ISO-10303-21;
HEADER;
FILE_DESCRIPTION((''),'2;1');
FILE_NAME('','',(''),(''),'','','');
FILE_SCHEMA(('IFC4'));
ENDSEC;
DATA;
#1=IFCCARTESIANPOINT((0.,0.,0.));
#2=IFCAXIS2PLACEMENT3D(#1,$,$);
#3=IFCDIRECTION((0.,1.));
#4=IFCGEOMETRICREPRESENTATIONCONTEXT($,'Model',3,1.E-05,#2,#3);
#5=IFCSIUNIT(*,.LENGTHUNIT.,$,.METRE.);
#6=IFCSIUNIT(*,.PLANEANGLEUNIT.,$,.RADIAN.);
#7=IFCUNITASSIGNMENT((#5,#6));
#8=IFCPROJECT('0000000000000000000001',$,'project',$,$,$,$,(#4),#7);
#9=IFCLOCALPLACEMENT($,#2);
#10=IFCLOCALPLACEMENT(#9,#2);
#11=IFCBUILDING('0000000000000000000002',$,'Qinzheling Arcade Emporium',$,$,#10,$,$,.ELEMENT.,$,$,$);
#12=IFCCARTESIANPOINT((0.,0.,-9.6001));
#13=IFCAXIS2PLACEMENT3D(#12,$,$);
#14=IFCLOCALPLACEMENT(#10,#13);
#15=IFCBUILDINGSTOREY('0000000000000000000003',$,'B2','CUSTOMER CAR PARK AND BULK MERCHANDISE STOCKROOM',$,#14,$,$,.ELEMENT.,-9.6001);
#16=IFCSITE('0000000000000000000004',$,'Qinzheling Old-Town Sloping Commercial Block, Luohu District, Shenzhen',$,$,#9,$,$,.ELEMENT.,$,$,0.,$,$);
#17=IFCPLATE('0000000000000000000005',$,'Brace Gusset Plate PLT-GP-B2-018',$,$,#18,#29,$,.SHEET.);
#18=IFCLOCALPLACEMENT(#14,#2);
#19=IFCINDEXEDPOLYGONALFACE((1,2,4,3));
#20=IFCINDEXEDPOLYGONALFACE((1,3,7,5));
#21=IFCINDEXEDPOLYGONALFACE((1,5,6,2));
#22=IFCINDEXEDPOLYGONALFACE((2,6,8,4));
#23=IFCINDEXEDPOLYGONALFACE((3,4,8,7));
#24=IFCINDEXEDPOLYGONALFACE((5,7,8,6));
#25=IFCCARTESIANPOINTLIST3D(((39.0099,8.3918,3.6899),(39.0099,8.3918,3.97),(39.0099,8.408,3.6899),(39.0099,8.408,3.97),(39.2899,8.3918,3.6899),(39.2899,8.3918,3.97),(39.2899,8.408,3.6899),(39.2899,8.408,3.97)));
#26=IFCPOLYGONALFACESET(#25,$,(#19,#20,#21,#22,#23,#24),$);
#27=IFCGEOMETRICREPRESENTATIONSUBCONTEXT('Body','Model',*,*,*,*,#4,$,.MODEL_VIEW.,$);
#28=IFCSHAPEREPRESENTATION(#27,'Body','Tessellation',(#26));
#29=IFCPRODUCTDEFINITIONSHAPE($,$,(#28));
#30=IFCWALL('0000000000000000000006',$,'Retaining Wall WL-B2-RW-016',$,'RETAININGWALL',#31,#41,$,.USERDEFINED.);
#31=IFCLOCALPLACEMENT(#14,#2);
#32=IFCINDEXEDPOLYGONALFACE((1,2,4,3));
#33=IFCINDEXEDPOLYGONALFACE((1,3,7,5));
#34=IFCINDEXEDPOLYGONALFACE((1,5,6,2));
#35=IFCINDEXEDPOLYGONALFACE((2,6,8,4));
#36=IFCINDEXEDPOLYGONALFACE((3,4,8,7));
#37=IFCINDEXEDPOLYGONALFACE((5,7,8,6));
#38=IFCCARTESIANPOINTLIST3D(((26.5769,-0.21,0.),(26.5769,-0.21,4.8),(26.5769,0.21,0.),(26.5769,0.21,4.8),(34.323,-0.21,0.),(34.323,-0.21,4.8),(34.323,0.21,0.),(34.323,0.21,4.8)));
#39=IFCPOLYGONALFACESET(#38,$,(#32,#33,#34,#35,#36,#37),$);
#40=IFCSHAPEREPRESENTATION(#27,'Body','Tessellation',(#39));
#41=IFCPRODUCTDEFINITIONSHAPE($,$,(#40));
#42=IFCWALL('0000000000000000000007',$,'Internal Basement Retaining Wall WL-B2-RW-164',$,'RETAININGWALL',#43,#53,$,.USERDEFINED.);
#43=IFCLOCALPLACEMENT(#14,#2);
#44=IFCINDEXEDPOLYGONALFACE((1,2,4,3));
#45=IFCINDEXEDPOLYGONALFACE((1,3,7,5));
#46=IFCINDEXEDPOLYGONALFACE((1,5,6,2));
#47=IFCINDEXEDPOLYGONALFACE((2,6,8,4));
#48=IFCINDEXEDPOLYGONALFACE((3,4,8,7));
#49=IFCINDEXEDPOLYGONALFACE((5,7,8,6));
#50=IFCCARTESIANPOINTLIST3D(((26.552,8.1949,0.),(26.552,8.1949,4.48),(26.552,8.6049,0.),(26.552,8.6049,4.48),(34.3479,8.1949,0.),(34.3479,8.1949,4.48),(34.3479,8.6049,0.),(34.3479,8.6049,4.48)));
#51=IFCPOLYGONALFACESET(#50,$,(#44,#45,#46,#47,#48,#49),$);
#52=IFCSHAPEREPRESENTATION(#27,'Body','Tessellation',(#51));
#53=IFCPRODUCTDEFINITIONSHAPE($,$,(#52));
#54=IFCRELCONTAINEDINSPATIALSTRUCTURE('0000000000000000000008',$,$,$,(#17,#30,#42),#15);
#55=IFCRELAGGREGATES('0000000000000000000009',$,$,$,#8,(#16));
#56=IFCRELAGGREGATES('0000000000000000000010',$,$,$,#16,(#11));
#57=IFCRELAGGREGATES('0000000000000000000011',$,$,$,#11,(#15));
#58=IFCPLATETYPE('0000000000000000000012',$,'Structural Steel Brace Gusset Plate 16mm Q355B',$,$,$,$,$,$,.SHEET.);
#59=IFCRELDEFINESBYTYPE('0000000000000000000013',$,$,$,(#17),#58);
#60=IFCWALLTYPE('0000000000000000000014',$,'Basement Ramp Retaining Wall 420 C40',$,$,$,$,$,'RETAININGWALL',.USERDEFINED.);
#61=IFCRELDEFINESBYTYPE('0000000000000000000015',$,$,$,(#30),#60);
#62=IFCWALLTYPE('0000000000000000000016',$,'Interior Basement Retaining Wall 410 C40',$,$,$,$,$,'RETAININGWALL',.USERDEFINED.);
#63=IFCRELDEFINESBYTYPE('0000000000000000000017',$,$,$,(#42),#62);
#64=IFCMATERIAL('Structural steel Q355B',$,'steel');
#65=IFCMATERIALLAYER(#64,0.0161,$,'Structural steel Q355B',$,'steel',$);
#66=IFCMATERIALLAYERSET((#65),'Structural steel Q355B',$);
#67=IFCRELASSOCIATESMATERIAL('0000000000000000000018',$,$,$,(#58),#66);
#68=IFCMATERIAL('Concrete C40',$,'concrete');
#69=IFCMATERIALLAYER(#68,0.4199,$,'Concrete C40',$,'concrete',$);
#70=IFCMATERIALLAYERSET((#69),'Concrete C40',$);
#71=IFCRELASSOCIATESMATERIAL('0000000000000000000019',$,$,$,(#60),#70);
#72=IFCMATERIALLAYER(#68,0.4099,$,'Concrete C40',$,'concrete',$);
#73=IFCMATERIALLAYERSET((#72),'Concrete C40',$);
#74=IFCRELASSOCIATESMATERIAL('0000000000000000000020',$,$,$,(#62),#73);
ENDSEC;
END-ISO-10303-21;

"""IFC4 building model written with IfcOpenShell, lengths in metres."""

from ifc_helpers import new_model, si_unit, direction, frame, frame_2d, origin, origin_2d, place, context, subcontext, project, spatial, rectangle, extrude, material, layer, layer_set, type_object, element, save


model = new_model("IFC4")

# Units and contexts
model_context = context("Model", 3, precision=1e-05, world=origin(), true_north=direction((0.0, 1.0)))
body_context = subcontext(model_context, "Body", "Model", "MODEL_VIEW")
ifc_project = project(units=[si_unit("LENGTHUNIT", "METRE"), si_unit("PLANEANGLEUNIT", "RADIAN")], contexts=[model_context])

# Site, building, storey
site_placement = place(None, origin())
site = spatial("IfcSite", under=ifc_project, at=site_placement, Name="Qinzheling Old-Town Sloping Commercial Block, Luohu District, Shenzhen", CompositionType="ELEMENT", RefElevation=0.0)
building_placement = place(site_placement, origin())
building = spatial("IfcBuilding", under=site, at=building_placement, Name="Qinzheling Arcade Emporium", CompositionType="ELEMENT")
storey_placement = place(building_placement, frame((0.0, 0.0, -9.6001)))
storey = spatial("IfcBuildingStorey", under=building, at=storey_placement, Name="B2", Description="CUSTOMER CAR PARK AND BULK MERCHANDISE STOCKROOM", CompositionType="ELEMENT", Elevation=-9.6001)

# Shared definitions
ifc_material_1 = material(Name="Concrete C40", Category="concrete")

# Plate
ifc_material_2 = material(Name="Structural steel Q355B", Category="steel")
ifc_layer_1 = layer(ifc_material_2, 0.0161, Name="Structural steel Q355B", Category="steel")
ifc_layer_set_1 = layer_set([ifc_layer_1], Name="Structural steel Q355B")
plate_type = type_object("IfcPlateType", Name="Structural Steel Brace Gusset Plate 16mm Q355B", PredefinedType="SHEET", material=ifc_layer_set_1)
for number, where, z_axis, x_axis, name in (
    (1, (39.1499, 8.3999, 3.6899), (0.0, 0.0, 1.0), (1.0, 0.0, 0.0), "Brace Gusset Plate PLT-GP-B2-018"),
):
    element("IfcPlate", number, at=place(storey_placement, frame(where, z_axis=z_axis, x_axis=x_axis)), inside=storey, type_object=plate_type, Name=name, PredefinedType="SHEET", context=body_context, shape_type="SweptSolid", body=[
        extrude(rectangle(XDim=0.28, YDim=0.0161, at=origin_2d()), origin(), (0.0, 0.0, 1.0), 0.28),
    ])

# Walls
ifc_layer_2 = layer(ifc_material_1, 0.4199, Name="Concrete C40", Category="concrete")
ifc_layer_set_2 = layer_set([ifc_layer_2], Name="Concrete C40")
wall_type_1 = type_object("IfcWallType", Name="Basement Ramp Retaining Wall 420 C40", ElementType="RETAININGWALL", PredefinedType="USERDEFINED", material=ifc_layer_set_2)
wall_1_placement = place(storey_placement, frame((34.323, 0.0, 0.0), z_axis=(0.0, 0.0, 1.0), x_axis=(-1.0, 0.0, 0.0)))
element("IfcWall", 2, at=wall_1_placement, inside=storey, type_object=wall_type_1, Name="Retaining Wall WL-B2-RW-016", ObjectType="RETAININGWALL", PredefinedType="USERDEFINED", context=body_context, shape_type="SweptSolid", body=[
    extrude(rectangle(XDim=7.7461, YDim=0.4199, at=frame_2d((3.873, 0.0))), origin(), (0.0, 0.0, 1.0), 4.8),
])
ifc_layer_3 = layer(ifc_material_1, 0.4099, Name="Concrete C40", Category="concrete")
ifc_layer_set_3 = layer_set([ifc_layer_3], Name="Concrete C40")
wall_type_2 = type_object("IfcWallType", Name="Interior Basement Retaining Wall 410 C40", ElementType="RETAININGWALL", PredefinedType="USERDEFINED", material=ifc_layer_set_3)
wall_2_placement = place(storey_placement, frame((34.3479, 8.3999, 0.0), z_axis=(0.0, 0.0, 1.0), x_axis=(-1.0, 0.0, 0.0)))
element("IfcWall", 3, at=wall_2_placement, inside=storey, type_object=wall_type_2, Name="Internal Basement Retaining Wall WL-B2-RW-164", ObjectType="RETAININGWALL", PredefinedType="USERDEFINED", context=body_context, shape_type="SweptSolid", body=[
    extrude(rectangle(XDim=7.7959, YDim=0.4099, at=frame_2d((3.8979, 0.0))), origin(), (0.0, 0.0, 1.0), 4.48),
])

save(model, "model.ifc")
